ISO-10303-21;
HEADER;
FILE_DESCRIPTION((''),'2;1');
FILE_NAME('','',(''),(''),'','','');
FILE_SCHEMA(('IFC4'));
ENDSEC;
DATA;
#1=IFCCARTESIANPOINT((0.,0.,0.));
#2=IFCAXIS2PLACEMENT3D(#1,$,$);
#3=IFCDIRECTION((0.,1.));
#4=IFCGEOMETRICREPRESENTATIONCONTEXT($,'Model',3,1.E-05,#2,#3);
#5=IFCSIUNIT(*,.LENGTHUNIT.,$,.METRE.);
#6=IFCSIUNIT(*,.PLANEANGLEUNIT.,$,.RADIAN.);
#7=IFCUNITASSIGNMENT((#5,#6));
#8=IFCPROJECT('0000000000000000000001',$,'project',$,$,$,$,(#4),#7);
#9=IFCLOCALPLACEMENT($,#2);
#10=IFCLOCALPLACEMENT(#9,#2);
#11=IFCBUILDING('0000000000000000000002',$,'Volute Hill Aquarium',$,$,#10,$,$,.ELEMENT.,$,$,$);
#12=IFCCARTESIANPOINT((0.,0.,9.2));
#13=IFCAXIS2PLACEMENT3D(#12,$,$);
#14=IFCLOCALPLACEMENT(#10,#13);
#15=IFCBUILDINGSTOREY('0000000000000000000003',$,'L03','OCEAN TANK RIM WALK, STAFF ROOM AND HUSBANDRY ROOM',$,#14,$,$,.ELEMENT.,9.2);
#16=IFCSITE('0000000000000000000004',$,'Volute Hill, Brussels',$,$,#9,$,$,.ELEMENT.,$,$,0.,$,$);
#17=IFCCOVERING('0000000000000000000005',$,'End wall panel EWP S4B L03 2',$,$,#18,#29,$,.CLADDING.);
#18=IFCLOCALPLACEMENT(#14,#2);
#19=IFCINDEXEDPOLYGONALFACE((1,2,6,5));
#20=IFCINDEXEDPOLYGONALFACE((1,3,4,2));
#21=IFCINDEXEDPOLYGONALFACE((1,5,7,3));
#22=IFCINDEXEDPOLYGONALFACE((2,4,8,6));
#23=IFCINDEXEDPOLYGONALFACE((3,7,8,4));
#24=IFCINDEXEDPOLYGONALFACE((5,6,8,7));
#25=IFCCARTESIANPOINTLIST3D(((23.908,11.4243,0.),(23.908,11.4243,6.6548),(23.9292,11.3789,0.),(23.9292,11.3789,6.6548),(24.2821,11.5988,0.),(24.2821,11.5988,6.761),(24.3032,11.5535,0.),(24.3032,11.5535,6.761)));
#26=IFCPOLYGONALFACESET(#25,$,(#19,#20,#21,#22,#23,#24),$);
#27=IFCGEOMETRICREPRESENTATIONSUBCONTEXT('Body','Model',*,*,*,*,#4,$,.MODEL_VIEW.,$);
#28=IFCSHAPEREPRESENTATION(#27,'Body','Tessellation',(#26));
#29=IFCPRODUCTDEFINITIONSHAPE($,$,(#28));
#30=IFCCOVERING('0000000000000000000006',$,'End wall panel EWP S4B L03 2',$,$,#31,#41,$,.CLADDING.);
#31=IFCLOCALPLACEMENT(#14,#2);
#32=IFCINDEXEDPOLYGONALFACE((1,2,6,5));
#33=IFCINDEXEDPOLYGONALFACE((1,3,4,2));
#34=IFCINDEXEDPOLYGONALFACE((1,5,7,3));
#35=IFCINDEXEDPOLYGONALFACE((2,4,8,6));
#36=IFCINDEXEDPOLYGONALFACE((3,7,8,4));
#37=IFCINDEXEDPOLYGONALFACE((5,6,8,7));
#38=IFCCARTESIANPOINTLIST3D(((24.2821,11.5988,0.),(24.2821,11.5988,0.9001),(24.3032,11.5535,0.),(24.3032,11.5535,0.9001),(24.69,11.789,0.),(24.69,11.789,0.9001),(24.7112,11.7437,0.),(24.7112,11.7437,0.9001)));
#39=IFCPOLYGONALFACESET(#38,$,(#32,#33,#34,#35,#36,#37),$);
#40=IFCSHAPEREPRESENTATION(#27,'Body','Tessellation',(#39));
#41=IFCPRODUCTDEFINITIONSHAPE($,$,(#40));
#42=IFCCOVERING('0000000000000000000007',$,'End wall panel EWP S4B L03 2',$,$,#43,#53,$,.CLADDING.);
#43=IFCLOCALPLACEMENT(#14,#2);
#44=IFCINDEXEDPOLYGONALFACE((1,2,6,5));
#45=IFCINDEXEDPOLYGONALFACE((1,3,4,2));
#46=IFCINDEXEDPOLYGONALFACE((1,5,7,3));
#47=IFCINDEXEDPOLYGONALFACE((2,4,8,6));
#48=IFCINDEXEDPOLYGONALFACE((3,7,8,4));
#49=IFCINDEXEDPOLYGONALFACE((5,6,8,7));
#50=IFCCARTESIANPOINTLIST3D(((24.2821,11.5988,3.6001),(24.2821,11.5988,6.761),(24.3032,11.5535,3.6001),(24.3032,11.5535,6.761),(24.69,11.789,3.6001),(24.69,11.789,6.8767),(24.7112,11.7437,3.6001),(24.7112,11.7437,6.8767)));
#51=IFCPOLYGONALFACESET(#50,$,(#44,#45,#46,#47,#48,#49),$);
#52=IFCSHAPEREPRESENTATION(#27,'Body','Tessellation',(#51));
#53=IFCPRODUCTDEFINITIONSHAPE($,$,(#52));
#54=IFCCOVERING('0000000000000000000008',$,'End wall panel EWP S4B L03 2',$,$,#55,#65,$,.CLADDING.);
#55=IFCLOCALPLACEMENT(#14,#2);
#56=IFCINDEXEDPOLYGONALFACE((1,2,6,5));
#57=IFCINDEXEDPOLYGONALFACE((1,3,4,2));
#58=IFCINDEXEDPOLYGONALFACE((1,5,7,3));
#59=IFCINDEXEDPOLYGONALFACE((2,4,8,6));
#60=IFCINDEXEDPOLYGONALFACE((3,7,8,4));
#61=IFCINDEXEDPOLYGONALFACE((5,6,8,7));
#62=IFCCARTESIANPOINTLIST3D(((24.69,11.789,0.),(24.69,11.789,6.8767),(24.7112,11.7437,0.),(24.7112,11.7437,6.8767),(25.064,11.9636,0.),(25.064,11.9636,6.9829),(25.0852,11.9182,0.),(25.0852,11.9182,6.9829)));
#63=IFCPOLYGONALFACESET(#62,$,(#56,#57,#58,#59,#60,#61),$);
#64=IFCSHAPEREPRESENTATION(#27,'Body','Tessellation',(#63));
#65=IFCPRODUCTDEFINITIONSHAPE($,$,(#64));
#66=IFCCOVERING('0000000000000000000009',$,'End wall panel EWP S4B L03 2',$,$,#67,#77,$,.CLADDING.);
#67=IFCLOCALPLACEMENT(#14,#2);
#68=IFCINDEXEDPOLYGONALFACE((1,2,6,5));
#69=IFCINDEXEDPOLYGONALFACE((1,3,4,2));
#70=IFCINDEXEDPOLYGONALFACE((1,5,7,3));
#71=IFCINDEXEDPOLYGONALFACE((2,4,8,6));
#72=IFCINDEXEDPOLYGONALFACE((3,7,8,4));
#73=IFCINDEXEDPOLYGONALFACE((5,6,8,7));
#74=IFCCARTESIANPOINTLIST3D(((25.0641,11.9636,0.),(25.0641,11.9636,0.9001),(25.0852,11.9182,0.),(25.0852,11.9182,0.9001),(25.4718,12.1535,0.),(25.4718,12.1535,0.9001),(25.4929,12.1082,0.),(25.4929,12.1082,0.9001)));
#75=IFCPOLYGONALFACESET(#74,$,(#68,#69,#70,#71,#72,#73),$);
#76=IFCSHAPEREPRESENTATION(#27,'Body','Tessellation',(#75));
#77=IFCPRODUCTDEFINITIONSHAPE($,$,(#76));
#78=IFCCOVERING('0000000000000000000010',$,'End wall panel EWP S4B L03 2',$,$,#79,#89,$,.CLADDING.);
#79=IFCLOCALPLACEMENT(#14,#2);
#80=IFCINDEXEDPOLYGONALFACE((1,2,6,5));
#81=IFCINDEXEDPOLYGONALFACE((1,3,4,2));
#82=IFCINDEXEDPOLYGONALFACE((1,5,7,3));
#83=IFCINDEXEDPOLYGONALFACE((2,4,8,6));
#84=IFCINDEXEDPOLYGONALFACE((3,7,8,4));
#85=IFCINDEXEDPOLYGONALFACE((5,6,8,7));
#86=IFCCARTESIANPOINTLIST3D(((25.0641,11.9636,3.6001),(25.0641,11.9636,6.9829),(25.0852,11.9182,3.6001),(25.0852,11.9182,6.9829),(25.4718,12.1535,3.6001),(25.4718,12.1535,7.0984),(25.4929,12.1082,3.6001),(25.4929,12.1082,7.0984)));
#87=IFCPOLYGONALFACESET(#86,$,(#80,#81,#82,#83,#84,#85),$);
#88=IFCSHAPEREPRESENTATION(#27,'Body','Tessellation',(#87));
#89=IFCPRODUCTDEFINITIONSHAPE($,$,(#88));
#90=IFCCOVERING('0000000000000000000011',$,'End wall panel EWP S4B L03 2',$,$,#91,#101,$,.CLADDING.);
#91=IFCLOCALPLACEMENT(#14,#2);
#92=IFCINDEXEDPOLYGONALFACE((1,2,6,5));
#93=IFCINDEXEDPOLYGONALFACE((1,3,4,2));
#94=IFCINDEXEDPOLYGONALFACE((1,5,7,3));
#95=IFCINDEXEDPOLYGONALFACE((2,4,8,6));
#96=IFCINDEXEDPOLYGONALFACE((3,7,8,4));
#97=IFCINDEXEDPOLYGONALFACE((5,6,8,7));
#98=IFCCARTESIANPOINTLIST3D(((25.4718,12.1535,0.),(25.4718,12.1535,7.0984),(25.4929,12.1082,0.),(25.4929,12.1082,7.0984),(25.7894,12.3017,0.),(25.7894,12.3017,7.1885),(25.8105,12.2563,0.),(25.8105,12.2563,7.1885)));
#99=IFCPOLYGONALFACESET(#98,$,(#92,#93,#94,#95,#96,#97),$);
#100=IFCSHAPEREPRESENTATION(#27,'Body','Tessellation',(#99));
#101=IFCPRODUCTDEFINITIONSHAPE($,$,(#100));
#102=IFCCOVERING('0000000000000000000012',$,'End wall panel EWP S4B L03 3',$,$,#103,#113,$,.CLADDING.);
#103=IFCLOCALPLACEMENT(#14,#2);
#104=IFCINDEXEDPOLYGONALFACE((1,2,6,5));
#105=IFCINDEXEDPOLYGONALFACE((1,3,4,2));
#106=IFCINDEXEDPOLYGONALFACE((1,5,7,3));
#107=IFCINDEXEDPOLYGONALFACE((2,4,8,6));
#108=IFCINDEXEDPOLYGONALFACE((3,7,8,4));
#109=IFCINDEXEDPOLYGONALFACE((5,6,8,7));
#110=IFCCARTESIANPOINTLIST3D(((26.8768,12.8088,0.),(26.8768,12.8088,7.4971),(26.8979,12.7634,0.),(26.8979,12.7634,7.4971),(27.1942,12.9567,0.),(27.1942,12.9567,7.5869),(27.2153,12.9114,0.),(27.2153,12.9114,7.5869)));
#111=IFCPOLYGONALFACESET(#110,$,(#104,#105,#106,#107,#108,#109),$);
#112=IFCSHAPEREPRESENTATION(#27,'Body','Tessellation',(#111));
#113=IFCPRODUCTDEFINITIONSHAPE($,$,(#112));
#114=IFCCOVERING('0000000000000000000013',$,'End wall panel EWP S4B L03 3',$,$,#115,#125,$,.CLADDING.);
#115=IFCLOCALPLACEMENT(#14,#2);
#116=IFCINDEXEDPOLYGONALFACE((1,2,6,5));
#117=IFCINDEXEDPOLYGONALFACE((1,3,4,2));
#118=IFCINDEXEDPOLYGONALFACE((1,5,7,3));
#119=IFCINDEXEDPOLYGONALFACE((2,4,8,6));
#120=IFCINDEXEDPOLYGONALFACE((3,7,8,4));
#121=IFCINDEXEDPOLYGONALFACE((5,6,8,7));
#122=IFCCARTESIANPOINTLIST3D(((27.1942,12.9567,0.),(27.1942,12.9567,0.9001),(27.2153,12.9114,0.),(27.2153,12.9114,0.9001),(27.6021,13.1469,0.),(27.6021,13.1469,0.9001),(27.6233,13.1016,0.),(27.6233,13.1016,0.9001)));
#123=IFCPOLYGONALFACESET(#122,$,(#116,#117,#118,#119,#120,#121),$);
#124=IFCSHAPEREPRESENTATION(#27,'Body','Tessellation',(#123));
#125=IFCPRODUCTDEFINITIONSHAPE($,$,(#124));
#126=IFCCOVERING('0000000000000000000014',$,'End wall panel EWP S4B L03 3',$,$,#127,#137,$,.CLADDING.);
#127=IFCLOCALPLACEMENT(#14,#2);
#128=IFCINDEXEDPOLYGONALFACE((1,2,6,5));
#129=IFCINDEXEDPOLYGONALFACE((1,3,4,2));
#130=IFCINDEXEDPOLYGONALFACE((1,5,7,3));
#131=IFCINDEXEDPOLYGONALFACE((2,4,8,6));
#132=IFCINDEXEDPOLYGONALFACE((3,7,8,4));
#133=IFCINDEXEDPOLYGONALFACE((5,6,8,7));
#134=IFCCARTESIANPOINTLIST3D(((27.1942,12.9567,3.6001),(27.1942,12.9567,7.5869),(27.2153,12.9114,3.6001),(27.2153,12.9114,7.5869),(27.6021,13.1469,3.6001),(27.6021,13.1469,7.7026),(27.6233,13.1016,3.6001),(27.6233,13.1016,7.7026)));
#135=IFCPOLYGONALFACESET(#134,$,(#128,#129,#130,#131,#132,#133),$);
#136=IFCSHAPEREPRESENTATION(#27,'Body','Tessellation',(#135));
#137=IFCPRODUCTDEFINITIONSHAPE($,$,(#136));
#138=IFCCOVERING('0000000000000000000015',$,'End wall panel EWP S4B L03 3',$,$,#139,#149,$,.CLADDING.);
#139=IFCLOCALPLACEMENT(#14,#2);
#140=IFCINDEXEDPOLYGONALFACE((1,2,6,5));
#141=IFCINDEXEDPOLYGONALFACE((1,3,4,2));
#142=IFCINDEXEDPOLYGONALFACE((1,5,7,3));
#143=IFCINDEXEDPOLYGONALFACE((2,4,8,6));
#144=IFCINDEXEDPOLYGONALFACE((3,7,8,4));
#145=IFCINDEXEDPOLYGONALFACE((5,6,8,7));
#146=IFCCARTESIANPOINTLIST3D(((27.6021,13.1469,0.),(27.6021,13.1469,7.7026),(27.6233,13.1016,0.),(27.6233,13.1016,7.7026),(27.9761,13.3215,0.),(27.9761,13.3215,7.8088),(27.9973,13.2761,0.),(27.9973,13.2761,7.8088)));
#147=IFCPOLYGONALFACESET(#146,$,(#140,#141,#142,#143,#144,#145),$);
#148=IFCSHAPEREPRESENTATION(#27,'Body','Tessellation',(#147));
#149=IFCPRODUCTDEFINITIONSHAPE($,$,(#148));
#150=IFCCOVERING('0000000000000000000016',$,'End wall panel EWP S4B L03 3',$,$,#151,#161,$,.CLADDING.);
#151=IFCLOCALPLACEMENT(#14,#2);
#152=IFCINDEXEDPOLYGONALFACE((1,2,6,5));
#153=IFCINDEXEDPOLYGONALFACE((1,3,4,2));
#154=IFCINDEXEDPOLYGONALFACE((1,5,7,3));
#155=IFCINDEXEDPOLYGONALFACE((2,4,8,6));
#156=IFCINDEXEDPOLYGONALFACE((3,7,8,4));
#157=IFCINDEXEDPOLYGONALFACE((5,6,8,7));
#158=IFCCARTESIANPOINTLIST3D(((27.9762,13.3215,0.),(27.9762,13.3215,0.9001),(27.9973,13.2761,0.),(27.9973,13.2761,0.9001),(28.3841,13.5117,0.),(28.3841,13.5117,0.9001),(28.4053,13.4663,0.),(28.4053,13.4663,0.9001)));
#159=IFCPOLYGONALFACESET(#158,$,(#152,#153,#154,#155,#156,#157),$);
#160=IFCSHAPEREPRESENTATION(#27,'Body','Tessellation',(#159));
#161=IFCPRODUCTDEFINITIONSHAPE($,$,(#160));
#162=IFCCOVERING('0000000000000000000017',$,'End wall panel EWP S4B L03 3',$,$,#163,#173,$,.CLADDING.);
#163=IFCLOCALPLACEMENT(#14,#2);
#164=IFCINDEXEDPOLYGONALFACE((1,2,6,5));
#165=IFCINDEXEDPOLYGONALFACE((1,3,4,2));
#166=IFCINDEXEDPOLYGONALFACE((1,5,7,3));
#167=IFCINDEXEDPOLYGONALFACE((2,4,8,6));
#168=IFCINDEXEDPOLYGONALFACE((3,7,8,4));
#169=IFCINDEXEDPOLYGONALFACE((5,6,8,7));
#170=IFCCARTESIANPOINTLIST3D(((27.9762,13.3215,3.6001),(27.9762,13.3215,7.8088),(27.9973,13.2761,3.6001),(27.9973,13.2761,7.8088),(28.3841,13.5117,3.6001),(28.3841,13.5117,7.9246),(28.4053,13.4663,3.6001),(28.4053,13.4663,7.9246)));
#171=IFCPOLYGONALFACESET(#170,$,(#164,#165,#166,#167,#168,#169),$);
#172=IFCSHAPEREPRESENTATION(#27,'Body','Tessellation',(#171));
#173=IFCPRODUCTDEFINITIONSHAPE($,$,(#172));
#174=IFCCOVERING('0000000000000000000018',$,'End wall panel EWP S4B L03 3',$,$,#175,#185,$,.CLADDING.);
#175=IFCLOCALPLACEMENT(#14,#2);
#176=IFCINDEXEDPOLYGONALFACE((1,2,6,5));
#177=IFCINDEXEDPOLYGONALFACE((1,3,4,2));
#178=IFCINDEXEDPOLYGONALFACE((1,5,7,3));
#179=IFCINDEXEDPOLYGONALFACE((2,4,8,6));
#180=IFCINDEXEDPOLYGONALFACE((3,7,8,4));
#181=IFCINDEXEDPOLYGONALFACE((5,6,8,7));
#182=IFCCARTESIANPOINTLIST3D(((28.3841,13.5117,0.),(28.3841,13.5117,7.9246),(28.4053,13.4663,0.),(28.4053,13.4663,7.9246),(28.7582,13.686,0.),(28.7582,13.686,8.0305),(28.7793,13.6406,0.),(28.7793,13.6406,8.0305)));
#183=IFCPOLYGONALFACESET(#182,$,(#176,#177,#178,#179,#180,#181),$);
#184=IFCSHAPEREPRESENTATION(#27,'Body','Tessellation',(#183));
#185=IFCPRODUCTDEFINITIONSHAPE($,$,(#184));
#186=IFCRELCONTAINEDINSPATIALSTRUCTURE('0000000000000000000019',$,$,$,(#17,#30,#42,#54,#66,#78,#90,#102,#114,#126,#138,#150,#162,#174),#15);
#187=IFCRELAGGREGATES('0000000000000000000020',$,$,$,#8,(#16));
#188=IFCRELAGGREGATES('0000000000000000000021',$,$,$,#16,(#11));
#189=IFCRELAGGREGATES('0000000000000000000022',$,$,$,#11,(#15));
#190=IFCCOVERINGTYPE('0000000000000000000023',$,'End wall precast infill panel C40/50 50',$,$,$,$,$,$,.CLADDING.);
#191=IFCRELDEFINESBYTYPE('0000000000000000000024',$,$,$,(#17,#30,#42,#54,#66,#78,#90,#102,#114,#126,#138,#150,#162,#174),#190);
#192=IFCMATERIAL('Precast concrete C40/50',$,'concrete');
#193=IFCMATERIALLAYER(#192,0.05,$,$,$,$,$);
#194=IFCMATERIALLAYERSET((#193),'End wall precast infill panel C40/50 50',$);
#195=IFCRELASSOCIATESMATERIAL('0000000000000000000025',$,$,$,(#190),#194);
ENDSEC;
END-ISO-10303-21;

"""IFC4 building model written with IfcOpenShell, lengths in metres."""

from ifc_helpers import new_model, si_unit, direction, frame, origin, place, context, subcontext, project, spatial, polyline, outline, extrude, material, layer, layer_set, type_object, element, save


model = new_model("IFC4")

# Units and contexts
model_context = context("Model", 3, precision=1e-05, world=origin(), true_north=direction((0.0, 1.0)))
body_context = subcontext(model_context, "Body", "Model", "MODEL_VIEW")
ifc_project = project(units=[si_unit("LENGTHUNIT", "METRE"), si_unit("PLANEANGLEUNIT", "RADIAN")], contexts=[model_context])

# Site, building, storey
site_placement = place(None, origin())
site = spatial("IfcSite", under=ifc_project, at=site_placement, Name="Volute Hill, Brussels", CompositionType="ELEMENT", RefElevation=0.0)
building_placement = place(site_placement, origin())
building = spatial("IfcBuilding", under=site, at=building_placement, Name="Volute Hill Aquarium", CompositionType="ELEMENT")
storey_placement = place(building_placement, frame((0.0, 0.0, 9.2)))
storey = spatial("IfcBuildingStorey", under=building, at=storey_placement, Name="L03", Description="OCEAN TANK RIM WALK, STAFF ROOM AND HUSBANDRY ROOM", CompositionType="ELEMENT", Elevation=9.2)

# Coverings
ifc_material_1 = material(Name="Precast concrete C40/50", Category="concrete")
ifc_layer_1 = layer(ifc_material_1, 0.05)
ifc_layer_set_1 = layer_set([ifc_layer_1], Name="End wall precast infill panel C40/50 50")
covering_type_1 = type_object("IfcCoveringType", Name="End wall precast infill panel C40/50 50", PredefinedType="CLADDING", material=ifc_layer_set_1)
covering_1_placement = place(storey_placement, frame((23.9292, 11.3789, 0.0), z_axis=(0.422918, -0.906168, 0.0), x_axis=(0.906168, 0.422918, 0.0)))
element("IfcCovering", 1, at=covering_1_placement, inside=storey, type_object=covering_type_1, Name="End wall panel EWP S4B L03 2", PredefinedType="CLADDING", context=body_context, shape_type="SweptSolid", body=[
    extrude(outline(polyline([(0.0, 0.0), (0.4128, 0.0), (0.4128, 6.761), (0.0, 6.6548), (0.0, 0.0)])), origin(), (0.0, 0.0, -1.0), 0.05),
])
covering_2_placement = place(storey_placement, frame((24.3032, 11.5535, 0.0), z_axis=(0.422529, -0.906349, 0.0), x_axis=(0.906349, 0.422529, 0.0)))
element("IfcCovering", 2, at=covering_2_placement, inside=storey, type_object=covering_type_1, Name="End wall panel EWP S4B L03 2", PredefinedType="CLADDING", context=body_context, shape_type="SweptSolid", body=[
    extrude(outline(polyline([(0.0, 0.0), (0.4501, 0.0), (0.4501, 0.9001), (0.0, 0.9001), (0.0, 0.0)])), origin(), (0.0, 0.0, -1.0), 0.05),
])
covering_3_placement = place(storey_placement, frame((24.3032, 11.5535, 3.6001), z_axis=(0.422529, -0.906349, 0.0), x_axis=(0.906349, 0.422529, 0.0)))
element("IfcCovering", 3, at=covering_3_placement, inside=storey, type_object=covering_type_1, Name="End wall panel EWP S4B L03 2", PredefinedType="CLADDING", context=body_context, shape_type="SweptSolid", body=[
    extrude(outline(polyline([(0.0, 0.0), (0.4501, 0.0), (0.4501, 3.2766), (0.0, 3.1609), (0.0, 0.0)])), origin(), (0.0, 0.0, -1.0), 0.05),
])
covering_4_placement = place(storey_placement, frame((24.7112, 11.7437, 0.0), z_axis=(0.422918, -0.906168, 0.0), x_axis=(0.906168, 0.422918, 0.0)))
element("IfcCovering", 4, at=covering_4_placement, inside=storey, type_object=covering_type_1, Name="End wall panel EWP S4B L03 2", PredefinedType="CLADDING", context=body_context, shape_type="SweptSolid", body=[
    extrude(outline(polyline([(0.0, 0.0), (0.4128, 0.0), (0.4128, 6.9829), (0.0, 6.8767), (0.0, 0.0)])), origin(), (0.0, 0.0, -1.0), 0.05),
])
covering_5_placement = place(storey_placement, frame((25.0852, 11.9182, 0.0), z_axis=(0.422291, -0.90646, 0.0), x_axis=(0.90646, 0.422291, 0.0)))
element("IfcCovering", 5, at=covering_5_placement, inside=storey, type_object=covering_type_1, Name="End wall panel EWP S4B L03 2", PredefinedType="CLADDING", context=body_context, shape_type="SweptSolid", body=[
    extrude(outline(polyline([(0.0, 0.0), (0.4498, 0.0), (0.4498, 0.9001), (0.0, 0.9001), (0.0, 0.0)])), origin(), (0.0, 0.0, -1.0), 0.05),
])
covering_6_placement = place(storey_placement, frame((25.0852, 11.9182, 3.6001), z_axis=(0.422291, -0.90646, 0.0), x_axis=(0.90646, 0.422291, 0.0)))
element("IfcCovering", 6, at=covering_6_placement, inside=storey, type_object=covering_type_1, Name="End wall panel EWP S4B L03 2", PredefinedType="CLADDING", context=body_context, shape_type="SweptSolid", body=[
    extrude(outline(polyline([(0.0, 0.0), (0.4498, 0.0), (0.4498, 3.4983), (0.0, 3.3828), (0.0, 0.0)])), origin(), (0.0, 0.0, -1.0), 0.05),
])
covering_7_placement = place(storey_placement, frame((25.4929, 12.1082, 0.0), z_axis=(0.422809, -0.906219, 0.0), x_axis=(0.906219, 0.422809, 0.0)))
element("IfcCovering", 7, at=covering_7_placement, inside=storey, type_object=covering_type_1, Name="End wall panel EWP S4B L03 2", PredefinedType="CLADDING", context=body_context, shape_type="SweptSolid", body=[
    extrude(outline(polyline([(0.0, 0.0), (0.3505, 0.0), (0.3505, 7.1885), (0.0, 7.0984), (0.0, 0.0)])), origin(), (0.0, 0.0, -1.0), 0.05),
])
covering_8_placement = place(storey_placement, frame((26.8979, 12.7634, 0.0), z_axis=(0.422504, -0.906361, 0.0), x_axis=(0.906361, 0.422504, 0.0)))
element("IfcCovering", 8, at=covering_8_placement, inside=storey, type_object=covering_type_1, Name="End wall panel EWP S4B L03 3", PredefinedType="CLADDING", context=body_context, shape_type="SweptSolid", body=[
    extrude(outline(polyline([(0.0, 0.0), (0.3502, 0.0), (0.3502, 7.5869), (0.0, 7.4971), (0.0, 0.0)])), origin(), (0.0, 0.0, -1.0), 0.05),
])
covering_9_placement = place(storey_placement, frame((27.2153, 12.9114, 0.0), z_axis=(0.422529, -0.906349, 0.0), x_axis=(0.906349, 0.422529, 0.0)))
element("IfcCovering", 9, at=covering_9_placement, inside=storey, type_object=covering_type_1, Name="End wall panel EWP S4B L03 3", PredefinedType="CLADDING", context=body_context, shape_type="SweptSolid", body=[
    extrude(outline(polyline([(0.0, 0.0), (0.4501, 0.0), (0.4501, 0.9001), (0.0, 0.9001), (0.0, 0.0)])), origin(), (0.0, 0.0, -1.0), 0.05),
])
covering_10_placement = place(storey_placement, frame((27.2153, 12.9114, 3.6001), z_axis=(0.422529, -0.906349, 0.0), x_axis=(0.906349, 0.422529, 0.0)))
element("IfcCovering", 10, at=covering_10_placement, inside=storey, type_object=covering_type_1, Name="End wall panel EWP S4B L03 3", PredefinedType="CLADDING", context=body_context, shape_type="SweptSolid", body=[
    extrude(outline(polyline([(0.0, 0.0), (0.4501, 0.0), (0.4501, 4.1025), (0.0, 3.9868), (0.0, 0.0)])), origin(), (0.0, 0.0, -1.0), 0.05),
])
covering_11_placement = place(storey_placement, frame((27.6233, 13.1016, 0.0), z_axis=(0.422918, -0.906168, 0.0), x_axis=(0.906168, 0.422918, 0.0)))
element("IfcCovering", 11, at=covering_11_placement, inside=storey, type_object=covering_type_1, Name="End wall panel EWP S4B L03 3", PredefinedType="CLADDING", context=body_context, shape_type="SweptSolid", body=[
    extrude(outline(polyline([(0.0, 0.0), (0.4128, 0.0), (0.4128, 7.8088), (0.0, 7.7026), (0.0, 0.0)])), origin(), (0.0, 0.0, -1.0), 0.05),
])
covering_12_placement = place(storey_placement, frame((27.9973, 13.2761, 0.0), z_axis=(0.422529, -0.906349, 0.0), x_axis=(0.906349, 0.422529, 0.0)))
element("IfcCovering", 12, at=covering_12_placement, inside=storey, type_object=covering_type_1, Name="End wall panel EWP S4B L03 3", PredefinedType="CLADDING", context=body_context, shape_type="SweptSolid", body=[
    extrude(outline(polyline([(0.0, 0.0), (0.4501, 0.0), (0.4501, 0.9001), (0.0, 0.9001), (0.0, 0.0)])), origin(), (0.0, 0.0, -1.0), 0.05),
])
covering_13_placement = place(storey_placement, frame((27.9973, 13.2761, 3.6001), z_axis=(0.422529, -0.906349, 0.0), x_axis=(0.906349, 0.422529, 0.0)))
element("IfcCovering", 13, at=covering_13_placement, inside=storey, type_object=covering_type_1, Name="End wall panel EWP S4B L03 3", PredefinedType="CLADDING", context=body_context, shape_type="SweptSolid", body=[
    extrude(outline(polyline([(0.0, 0.0), (0.4501, 0.0), (0.4501, 4.3245), (0.0, 4.2087), (0.0, 0.0)])), origin(), (0.0, 0.0, -1.0), 0.05),
])
covering_14_placement = place(storey_placement, frame((28.4053, 13.4663, 0.0), z_axis=(0.422432, -0.906395, 0.0), x_axis=(0.906395, 0.422432, 0.0)))
element("IfcCovering", 14, at=covering_14_placement, inside=storey, type_object=covering_type_1, Name="End wall panel EWP S4B L03 3", PredefinedType="CLADDING", context=body_context, shape_type="SweptSolid", body=[
    extrude(outline(polyline([(0.0, 0.0), (0.4126, 0.0), (0.4126, 8.0305), (0.0, 7.9246), (0.0, 0.0)])), origin(), (0.0, 0.0, -1.0), 0.05),
])

save(model, "model.ifc")
